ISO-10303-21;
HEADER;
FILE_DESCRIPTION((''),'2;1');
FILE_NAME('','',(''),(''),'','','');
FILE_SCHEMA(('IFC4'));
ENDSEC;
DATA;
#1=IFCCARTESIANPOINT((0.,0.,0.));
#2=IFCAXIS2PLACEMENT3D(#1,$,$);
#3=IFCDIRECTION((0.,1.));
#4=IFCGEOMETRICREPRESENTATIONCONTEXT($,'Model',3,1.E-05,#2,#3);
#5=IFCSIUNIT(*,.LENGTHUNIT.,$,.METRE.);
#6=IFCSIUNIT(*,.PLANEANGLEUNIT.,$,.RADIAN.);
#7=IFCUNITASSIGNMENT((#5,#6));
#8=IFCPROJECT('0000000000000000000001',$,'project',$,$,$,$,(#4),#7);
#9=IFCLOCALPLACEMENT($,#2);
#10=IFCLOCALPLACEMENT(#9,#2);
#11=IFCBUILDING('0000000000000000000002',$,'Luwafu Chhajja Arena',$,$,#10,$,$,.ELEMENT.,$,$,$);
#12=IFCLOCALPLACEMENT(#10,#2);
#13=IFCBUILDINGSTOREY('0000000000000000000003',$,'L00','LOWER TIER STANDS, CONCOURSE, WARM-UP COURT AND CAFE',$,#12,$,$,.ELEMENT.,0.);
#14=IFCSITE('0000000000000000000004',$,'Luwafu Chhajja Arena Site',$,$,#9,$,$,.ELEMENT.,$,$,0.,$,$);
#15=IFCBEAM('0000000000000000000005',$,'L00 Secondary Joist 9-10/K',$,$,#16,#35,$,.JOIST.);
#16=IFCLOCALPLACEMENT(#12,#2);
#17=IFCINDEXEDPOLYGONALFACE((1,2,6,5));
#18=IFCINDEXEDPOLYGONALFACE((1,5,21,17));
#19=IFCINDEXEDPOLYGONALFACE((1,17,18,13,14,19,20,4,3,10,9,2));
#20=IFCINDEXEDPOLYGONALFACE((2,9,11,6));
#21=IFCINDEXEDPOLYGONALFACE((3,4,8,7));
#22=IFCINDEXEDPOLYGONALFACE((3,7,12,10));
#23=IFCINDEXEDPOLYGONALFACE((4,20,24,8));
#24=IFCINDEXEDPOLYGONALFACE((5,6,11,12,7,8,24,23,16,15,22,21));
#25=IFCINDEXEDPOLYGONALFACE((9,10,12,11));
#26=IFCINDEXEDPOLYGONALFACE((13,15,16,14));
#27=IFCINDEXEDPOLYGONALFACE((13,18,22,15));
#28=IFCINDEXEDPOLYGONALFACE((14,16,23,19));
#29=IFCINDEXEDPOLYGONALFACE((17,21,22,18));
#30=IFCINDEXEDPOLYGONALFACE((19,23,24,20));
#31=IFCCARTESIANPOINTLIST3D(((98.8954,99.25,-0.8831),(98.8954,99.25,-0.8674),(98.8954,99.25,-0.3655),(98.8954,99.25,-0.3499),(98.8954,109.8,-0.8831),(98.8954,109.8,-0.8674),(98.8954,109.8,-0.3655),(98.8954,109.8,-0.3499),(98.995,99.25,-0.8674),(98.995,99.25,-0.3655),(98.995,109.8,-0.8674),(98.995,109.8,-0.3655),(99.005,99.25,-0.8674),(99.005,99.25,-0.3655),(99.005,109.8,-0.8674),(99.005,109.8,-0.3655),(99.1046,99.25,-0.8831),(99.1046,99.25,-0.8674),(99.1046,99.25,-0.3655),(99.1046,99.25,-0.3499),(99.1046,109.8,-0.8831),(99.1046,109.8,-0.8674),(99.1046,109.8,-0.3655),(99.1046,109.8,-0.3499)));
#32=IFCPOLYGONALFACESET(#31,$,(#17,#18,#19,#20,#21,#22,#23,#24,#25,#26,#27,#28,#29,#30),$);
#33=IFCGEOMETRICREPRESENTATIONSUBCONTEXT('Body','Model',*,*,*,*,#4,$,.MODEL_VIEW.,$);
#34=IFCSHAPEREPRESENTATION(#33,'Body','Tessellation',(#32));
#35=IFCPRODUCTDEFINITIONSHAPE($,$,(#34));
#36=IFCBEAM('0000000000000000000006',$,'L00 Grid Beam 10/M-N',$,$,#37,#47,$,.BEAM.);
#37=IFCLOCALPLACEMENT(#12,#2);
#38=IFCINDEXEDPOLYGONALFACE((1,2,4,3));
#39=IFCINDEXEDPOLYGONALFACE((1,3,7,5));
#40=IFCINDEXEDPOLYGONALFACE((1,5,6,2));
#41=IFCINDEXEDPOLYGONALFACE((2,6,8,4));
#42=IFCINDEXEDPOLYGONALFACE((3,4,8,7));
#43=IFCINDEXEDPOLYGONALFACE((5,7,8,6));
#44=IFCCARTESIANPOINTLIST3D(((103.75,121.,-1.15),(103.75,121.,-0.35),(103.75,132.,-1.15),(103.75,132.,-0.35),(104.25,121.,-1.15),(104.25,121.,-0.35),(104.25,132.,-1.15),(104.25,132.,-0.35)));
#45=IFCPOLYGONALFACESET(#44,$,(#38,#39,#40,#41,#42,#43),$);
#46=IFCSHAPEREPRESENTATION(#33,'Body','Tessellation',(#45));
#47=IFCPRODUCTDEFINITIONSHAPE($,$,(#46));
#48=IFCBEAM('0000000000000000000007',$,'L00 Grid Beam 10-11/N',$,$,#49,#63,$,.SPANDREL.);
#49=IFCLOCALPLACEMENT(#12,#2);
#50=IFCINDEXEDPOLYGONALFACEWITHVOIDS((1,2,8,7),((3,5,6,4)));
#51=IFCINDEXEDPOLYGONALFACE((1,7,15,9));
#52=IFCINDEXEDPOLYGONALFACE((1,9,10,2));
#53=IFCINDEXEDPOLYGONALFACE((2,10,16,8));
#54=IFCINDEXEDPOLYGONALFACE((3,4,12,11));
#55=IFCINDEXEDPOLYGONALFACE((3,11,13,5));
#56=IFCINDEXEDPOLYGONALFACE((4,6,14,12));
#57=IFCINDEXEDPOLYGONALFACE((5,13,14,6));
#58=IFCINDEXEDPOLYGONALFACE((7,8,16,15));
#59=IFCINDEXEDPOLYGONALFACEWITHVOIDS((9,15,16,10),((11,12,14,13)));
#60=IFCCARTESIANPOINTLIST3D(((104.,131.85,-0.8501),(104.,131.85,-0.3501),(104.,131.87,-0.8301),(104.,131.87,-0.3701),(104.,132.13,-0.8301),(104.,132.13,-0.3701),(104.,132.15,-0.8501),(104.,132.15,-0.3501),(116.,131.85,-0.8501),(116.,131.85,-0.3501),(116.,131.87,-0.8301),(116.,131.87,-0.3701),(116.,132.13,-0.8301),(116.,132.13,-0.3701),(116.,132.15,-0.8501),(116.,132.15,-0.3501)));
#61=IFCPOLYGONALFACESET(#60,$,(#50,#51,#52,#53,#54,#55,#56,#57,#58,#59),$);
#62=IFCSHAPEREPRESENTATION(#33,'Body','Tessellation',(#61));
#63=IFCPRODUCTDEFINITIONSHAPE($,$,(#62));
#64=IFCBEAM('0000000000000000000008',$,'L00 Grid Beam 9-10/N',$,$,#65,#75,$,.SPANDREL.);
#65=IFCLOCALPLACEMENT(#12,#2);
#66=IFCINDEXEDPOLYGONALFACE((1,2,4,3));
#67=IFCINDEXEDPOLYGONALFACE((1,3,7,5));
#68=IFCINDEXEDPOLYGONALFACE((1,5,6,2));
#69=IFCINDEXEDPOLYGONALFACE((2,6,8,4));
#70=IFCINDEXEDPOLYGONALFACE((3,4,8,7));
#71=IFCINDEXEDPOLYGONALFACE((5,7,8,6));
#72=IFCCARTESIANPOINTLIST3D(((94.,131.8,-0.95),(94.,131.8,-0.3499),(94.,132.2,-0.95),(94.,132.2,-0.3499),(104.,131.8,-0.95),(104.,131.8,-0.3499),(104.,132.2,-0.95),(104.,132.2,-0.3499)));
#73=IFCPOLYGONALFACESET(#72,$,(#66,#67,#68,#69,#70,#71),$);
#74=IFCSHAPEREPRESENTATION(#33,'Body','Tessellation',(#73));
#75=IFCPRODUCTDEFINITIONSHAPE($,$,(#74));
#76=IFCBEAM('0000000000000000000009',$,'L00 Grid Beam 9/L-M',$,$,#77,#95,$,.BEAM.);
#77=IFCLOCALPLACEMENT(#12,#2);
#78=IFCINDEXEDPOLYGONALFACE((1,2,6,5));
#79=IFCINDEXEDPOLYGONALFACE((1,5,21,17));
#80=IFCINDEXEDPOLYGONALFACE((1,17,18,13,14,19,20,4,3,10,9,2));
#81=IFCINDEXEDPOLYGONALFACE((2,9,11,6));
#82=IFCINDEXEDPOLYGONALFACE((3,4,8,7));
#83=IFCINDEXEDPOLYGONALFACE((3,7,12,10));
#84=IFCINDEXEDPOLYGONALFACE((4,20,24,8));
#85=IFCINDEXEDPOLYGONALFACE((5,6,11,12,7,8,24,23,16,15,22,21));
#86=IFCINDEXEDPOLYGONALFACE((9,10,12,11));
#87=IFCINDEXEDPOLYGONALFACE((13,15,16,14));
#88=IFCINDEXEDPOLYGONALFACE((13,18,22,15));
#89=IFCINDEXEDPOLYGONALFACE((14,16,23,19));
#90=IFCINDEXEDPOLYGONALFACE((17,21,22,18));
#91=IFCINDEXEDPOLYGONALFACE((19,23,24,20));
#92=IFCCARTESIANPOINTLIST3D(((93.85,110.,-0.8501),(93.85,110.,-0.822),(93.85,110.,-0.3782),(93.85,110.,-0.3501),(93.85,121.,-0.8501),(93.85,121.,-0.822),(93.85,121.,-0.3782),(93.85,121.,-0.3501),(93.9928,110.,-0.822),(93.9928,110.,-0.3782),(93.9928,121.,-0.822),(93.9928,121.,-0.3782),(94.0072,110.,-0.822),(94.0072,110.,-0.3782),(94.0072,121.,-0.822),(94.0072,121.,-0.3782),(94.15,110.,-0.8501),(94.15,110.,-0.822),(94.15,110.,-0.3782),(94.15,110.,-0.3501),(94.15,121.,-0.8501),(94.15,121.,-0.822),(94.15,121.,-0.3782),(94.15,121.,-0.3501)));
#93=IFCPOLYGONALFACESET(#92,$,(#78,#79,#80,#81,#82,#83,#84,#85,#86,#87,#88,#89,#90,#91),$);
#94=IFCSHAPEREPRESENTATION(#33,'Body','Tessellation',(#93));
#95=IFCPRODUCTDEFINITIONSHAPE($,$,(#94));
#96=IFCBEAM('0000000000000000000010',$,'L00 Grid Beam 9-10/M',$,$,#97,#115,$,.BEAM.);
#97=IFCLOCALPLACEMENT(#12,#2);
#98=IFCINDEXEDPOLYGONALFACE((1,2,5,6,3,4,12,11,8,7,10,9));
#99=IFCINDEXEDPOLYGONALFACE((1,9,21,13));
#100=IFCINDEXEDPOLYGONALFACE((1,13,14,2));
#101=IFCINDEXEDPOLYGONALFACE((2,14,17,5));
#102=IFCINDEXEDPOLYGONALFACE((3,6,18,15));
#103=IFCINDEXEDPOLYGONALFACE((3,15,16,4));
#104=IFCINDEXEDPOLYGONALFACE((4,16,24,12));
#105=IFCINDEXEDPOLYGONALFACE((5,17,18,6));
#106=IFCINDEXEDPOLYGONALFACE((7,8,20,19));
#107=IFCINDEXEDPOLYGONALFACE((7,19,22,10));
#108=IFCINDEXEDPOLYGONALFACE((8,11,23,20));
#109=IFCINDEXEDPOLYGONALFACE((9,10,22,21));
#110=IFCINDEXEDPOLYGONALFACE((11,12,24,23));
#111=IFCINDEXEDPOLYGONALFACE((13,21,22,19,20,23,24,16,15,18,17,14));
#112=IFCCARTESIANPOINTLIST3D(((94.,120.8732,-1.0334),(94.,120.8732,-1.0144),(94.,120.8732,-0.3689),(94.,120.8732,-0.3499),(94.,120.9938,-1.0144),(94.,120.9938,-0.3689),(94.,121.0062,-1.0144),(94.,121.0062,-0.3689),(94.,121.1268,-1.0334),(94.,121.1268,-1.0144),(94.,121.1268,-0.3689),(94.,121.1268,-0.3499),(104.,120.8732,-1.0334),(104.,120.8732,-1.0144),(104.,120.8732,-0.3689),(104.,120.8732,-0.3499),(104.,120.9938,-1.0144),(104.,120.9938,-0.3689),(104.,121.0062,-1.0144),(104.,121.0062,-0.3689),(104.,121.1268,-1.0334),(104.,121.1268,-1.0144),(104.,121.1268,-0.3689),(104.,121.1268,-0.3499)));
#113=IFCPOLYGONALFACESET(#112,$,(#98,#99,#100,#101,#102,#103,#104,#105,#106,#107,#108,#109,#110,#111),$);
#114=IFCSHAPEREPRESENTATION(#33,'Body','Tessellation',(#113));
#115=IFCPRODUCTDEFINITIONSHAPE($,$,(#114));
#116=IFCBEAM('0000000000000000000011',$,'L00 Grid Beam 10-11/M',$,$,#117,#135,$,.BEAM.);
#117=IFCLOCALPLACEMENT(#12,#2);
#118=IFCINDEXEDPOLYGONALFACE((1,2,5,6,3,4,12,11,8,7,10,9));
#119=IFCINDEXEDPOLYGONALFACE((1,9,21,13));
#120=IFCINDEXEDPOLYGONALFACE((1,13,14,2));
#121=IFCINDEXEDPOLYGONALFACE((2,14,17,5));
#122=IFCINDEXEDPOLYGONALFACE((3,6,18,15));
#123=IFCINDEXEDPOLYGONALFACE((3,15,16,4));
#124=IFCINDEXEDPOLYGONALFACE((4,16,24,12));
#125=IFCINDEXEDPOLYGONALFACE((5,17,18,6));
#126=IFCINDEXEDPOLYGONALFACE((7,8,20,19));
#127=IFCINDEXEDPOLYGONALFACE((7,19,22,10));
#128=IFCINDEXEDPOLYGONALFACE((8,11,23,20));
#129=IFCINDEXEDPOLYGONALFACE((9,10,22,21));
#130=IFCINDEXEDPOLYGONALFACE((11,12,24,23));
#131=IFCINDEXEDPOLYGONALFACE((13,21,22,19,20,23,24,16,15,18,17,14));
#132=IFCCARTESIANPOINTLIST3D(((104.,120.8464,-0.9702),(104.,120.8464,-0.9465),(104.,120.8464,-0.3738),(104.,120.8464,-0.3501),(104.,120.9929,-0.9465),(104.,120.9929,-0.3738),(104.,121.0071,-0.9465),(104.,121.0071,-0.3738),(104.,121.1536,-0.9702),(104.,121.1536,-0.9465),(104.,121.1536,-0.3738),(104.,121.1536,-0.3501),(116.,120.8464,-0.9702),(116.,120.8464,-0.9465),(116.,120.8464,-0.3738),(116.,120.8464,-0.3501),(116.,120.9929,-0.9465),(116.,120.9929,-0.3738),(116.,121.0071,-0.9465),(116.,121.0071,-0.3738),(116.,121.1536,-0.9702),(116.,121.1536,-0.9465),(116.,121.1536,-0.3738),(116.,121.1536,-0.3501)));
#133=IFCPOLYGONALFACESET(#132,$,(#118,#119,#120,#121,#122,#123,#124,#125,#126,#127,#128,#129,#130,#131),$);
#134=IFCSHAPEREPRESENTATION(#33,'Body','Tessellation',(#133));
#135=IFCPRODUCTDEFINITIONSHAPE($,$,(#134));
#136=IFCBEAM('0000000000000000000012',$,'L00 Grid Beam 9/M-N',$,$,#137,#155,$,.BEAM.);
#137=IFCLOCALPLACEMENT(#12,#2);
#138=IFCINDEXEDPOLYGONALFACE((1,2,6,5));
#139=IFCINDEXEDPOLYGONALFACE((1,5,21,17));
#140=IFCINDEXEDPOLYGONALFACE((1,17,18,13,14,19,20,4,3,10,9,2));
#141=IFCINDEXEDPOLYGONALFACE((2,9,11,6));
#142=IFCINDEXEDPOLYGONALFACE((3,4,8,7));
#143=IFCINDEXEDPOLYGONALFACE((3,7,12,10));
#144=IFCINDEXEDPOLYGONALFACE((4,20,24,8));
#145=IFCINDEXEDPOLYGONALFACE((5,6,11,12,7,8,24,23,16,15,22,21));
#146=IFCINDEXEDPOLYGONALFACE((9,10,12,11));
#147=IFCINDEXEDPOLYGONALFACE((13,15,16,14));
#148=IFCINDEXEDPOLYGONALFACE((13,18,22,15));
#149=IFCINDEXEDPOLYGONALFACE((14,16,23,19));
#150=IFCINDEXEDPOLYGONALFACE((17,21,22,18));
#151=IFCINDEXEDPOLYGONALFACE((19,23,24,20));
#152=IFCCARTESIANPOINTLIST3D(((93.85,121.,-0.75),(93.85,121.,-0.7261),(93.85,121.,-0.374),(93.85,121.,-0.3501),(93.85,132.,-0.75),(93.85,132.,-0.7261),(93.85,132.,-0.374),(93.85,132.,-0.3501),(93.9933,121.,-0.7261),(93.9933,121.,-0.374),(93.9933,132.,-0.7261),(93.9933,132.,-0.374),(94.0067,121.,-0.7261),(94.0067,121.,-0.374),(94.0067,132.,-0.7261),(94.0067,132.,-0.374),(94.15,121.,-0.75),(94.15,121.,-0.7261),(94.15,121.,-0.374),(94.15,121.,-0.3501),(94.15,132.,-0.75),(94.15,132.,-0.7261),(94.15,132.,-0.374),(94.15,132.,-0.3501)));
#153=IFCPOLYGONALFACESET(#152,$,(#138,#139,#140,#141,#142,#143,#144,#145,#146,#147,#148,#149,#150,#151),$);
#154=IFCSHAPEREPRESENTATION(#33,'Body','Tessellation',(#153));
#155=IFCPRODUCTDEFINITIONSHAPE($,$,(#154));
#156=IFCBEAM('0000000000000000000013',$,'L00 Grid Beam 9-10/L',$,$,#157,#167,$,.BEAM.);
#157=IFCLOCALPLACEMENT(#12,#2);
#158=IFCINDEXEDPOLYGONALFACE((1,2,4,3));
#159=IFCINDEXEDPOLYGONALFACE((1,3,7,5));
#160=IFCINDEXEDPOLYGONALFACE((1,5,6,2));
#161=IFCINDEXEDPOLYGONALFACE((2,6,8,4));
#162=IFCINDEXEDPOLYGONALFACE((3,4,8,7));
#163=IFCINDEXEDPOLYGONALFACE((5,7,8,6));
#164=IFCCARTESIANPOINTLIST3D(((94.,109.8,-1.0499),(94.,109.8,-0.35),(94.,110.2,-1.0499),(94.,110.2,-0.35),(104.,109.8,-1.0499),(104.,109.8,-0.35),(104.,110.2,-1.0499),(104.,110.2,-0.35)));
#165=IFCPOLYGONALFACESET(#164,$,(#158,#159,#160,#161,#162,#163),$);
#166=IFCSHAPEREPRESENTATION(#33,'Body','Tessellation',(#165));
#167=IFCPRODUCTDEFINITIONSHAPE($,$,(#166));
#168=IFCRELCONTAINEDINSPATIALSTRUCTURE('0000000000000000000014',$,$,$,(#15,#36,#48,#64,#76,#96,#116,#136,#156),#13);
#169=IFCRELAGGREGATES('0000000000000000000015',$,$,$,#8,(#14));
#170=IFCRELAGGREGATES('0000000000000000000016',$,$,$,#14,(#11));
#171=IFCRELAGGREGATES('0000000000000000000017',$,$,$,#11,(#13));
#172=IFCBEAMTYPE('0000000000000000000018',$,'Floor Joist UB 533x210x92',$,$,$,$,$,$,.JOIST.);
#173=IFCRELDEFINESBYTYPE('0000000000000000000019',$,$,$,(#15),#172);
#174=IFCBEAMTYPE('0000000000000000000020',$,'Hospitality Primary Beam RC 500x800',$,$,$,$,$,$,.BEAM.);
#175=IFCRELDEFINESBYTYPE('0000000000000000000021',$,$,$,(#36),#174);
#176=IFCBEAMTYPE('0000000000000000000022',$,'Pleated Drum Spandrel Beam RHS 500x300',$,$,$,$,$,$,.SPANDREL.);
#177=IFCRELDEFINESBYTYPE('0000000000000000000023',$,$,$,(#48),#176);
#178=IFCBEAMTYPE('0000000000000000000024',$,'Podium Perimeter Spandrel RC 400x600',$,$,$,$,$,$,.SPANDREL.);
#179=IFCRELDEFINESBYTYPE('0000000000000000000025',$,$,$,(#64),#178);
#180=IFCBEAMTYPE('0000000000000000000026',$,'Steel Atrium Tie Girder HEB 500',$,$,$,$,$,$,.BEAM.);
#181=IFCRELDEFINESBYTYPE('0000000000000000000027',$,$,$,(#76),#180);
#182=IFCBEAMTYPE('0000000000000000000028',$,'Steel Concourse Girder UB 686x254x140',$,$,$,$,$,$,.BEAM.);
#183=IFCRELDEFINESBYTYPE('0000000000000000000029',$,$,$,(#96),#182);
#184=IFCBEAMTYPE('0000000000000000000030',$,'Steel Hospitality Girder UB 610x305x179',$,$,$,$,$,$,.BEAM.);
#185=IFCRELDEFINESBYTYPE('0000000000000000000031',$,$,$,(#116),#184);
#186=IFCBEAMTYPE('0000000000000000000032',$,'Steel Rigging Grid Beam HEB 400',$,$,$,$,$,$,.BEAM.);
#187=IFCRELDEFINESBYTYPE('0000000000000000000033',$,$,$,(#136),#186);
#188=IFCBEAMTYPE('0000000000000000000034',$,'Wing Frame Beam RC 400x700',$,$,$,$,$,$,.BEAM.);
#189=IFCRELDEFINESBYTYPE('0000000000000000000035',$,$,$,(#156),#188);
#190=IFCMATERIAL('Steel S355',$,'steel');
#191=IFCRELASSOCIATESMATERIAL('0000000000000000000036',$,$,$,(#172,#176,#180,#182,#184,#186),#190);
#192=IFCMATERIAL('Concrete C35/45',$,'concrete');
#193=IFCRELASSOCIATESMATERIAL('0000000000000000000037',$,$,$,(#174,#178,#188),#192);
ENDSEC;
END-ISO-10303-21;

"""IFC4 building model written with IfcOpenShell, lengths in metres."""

from ifc_helpers import new_model, si_unit, direction, frame, origin, origin_2d, place, context, subcontext, project, spatial, rectangle, hollow_rectangle, i_section, extrude, material, material_profile, profile_set, type_object, element, save


model = new_model("IFC4")

# Units and contexts
model_context = context("Model", 3, precision=1e-05, world=origin(), true_north=direction((0.0, 1.0)))
body_context = subcontext(model_context, "Body", "Model", "MODEL_VIEW")
ifc_project = project(units=[si_unit("LENGTHUNIT", "METRE"), si_unit("PLANEANGLEUNIT", "RADIAN")], contexts=[model_context])

# Site, building, storey
site_placement = place(None, origin())
site = spatial("IfcSite", under=ifc_project, at=site_placement, Name="Luwafu Chhajja Arena Site", CompositionType="ELEMENT", RefElevation=0.0)
building_placement = place(site_placement, origin())
building = spatial("IfcBuilding", under=site, at=building_placement, Name="Luwafu Chhajja Arena", CompositionType="ELEMENT")
storey_placement = place(building_placement, origin())
storey = spatial("IfcBuildingStorey", under=building, at=storey_placement, Name="L00", Description="LOWER TIER STANDS, CONCOURSE, WARM-UP COURT AND CAFE", CompositionType="ELEMENT", Elevation=0.0)

# Shared definitions
ifc_material_1 = material(Name="Concrete C35/45", Category="concrete")

# Beams
ifc_material_2 = material(Name="Steel S355", Category="steel")
ifc_material_profile_1 = material_profile(ifc_material_2, i_section(OverallWidth=0.2092, OverallDepth=0.5332, WebThickness=0.01, FlangeThickness=0.0156, at=origin_2d()), Name="UB 533x210x92")
ifc_profile_set_1 = profile_set([ifc_material_profile_1], Name="Steel S355")
beam_type_1 = type_object("IfcBeamType", Name="Floor Joist UB 533x210x92", PredefinedType="JOIST", material=ifc_profile_set_1)
beam_1_placement = place(storey_placement, frame((99.0, 99.25, -0.6165), z_axis=(0.0, 1.0, 0.0), x_axis=(-1.0, 0.0, 0.0)))
element("IfcBeam", 1, at=beam_1_placement, inside=storey, type_object=beam_type_1, Name="L00 Secondary Joist 9-10/K", PredefinedType="JOIST", context=body_context, shape_type="SweptSolid", body=[
    extrude(i_section(OverallWidth=0.2092, OverallDepth=0.5332, WebThickness=0.01, FlangeThickness=0.0156, at=origin_2d()), origin(), (0.0, 0.0, 1.0), 10.55),
])
ifc_material_profile_2 = material_profile(ifc_material_1, rectangle(XDim=0.5, YDim=0.8, at=origin_2d()), Name="RC 500x800")
ifc_profile_set_2 = profile_set([ifc_material_profile_2], Name="Concrete C35/45")
beam_type_2 = type_object("IfcBeamType", Name="Hospitality Primary Beam RC 500x800", PredefinedType="BEAM", material=ifc_profile_set_2)
beam_2_placement = place(storey_placement, frame((104.0, 121.0, -0.75), z_axis=(0.0, 1.0, 0.0), x_axis=(-1.0, 0.0, 0.0)))
element("IfcBeam", 2, at=beam_2_placement, inside=storey, type_object=beam_type_2, Name="L00 Grid Beam 10/M-N", PredefinedType="BEAM", context=body_context, shape_type="SweptSolid", body=[
    extrude(rectangle(XDim=0.5, YDim=0.8, at=origin_2d()), origin(), (0.0, 0.0, 1.0), 11.0),
])
ifc_material_profile_3 = material_profile(ifc_material_2, hollow_rectangle(XDim=0.3, YDim=0.5, WallThickness=0.02, at=origin_2d()), Name="RHS 500x300x20")
ifc_profile_set_3 = profile_set([ifc_material_profile_3], Name="Steel S355")
beam_type_3 = type_object("IfcBeamType", Name="Pleated Drum Spandrel Beam RHS 500x300", PredefinedType="SPANDREL", material=ifc_profile_set_3)
beam_3_placement = place(storey_placement, frame((104.0, 132.0, -0.6001), z_axis=(1.0, 0.0, 0.0), x_axis=(0.0, 1.0, 0.0)))
element("IfcBeam", 3, at=beam_3_placement, inside=storey, type_object=beam_type_3, Name="L00 Grid Beam 10-11/N", PredefinedType="SPANDREL", context=body_context, shape_type="SweptSolid", body=[
    extrude(hollow_rectangle(XDim=0.3, YDim=0.5, WallThickness=0.02, at=origin_2d()), origin(), (0.0, 0.0, 1.0), 12.0),
])
ifc_material_profile_4 = material_profile(ifc_material_1, rectangle(XDim=0.3999, YDim=0.6001, at=origin_2d()), Name="RC 400x600")
ifc_profile_set_4 = profile_set([ifc_material_profile_4], Name="Concrete C35/45")
beam_type_4 = type_object("IfcBeamType", Name="Podium Perimeter Spandrel RC 400x600", PredefinedType="SPANDREL", material=ifc_profile_set_4)
beam_4_placement = place(storey_placement, frame((94.0, 132.0, -0.6499), z_axis=(1.0, 0.0, 0.0), x_axis=(0.0, 1.0, 0.0)))
element("IfcBeam", 4, at=beam_4_placement, inside=storey, type_object=beam_type_4, Name="L00 Grid Beam 9-10/N", PredefinedType="SPANDREL", context=body_context, shape_type="SweptSolid", body=[
    extrude(rectangle(XDim=0.3999, YDim=0.6001, at=origin_2d()), origin(), (0.0, 0.0, 1.0), 10.0),
])
ifc_material_profile_5 = material_profile(ifc_material_2, i_section(OverallWidth=0.3, OverallDepth=0.5, WebThickness=0.0144, FlangeThickness=0.0281, at=origin_2d()), Name="HEB 500")
ifc_profile_set_5 = profile_set([ifc_material_profile_5], Name="Steel S355")
beam_type_5 = type_object("IfcBeamType", Name="Steel Atrium Tie Girder HEB 500", PredefinedType="BEAM", material=ifc_profile_set_5)
beam_5_placement = place(storey_placement, frame((94.0, 110.0, -0.6001), z_axis=(0.0, 1.0, 0.0), x_axis=(-1.0, 0.0, 0.0)))
element("IfcBeam", 5, at=beam_5_placement, inside=storey, type_object=beam_type_5, Name="L00 Grid Beam 9/L-M", PredefinedType="BEAM", context=body_context, shape_type="SweptSolid", body=[
    extrude(i_section(OverallWidth=0.3, OverallDepth=0.5, WebThickness=0.0144, FlangeThickness=0.0281, at=origin_2d()), origin(), (0.0, 0.0, 1.0), 11.0),
])
ifc_material_profile_6 = material_profile(ifc_material_2, i_section(OverallWidth=0.2537, OverallDepth=0.6836, WebThickness=0.0125, FlangeThickness=0.019, at=origin_2d()), Name="UB 686x254x140")
ifc_profile_set_6 = profile_set([ifc_material_profile_6], Name="Steel S355")
beam_type_6 = type_object("IfcBeamType", Name="Steel Concourse Girder UB 686x254x140", PredefinedType="BEAM", material=ifc_profile_set_6)
beam_6_placement = place(storey_placement, frame((94.0, 121.0, -0.6917), z_axis=(1.0, 0.0, 0.0), x_axis=(0.0, 1.0, 0.0)))
element("IfcBeam", 6, at=beam_6_placement, inside=storey, type_object=beam_type_6, Name="L00 Grid Beam 9-10/M", PredefinedType="BEAM", context=body_context, shape_type="SweptSolid", body=[
    extrude(i_section(OverallWidth=0.2537, OverallDepth=0.6836, WebThickness=0.0125, FlangeThickness=0.019, at=origin_2d()), origin(), (0.0, 0.0, 1.0), 10.0),
])
ifc_material_profile_7 = material_profile(ifc_material_2, i_section(OverallWidth=0.3071, OverallDepth=0.6201, WebThickness=0.0142, FlangeThickness=0.0237, at=origin_2d()), Name="UB 610x305x179")
ifc_profile_set_7 = profile_set([ifc_material_profile_7], Name="Steel S355")
beam_type_7 = type_object("IfcBeamType", Name="Steel Hospitality Girder UB 610x305x179", PredefinedType="BEAM", material=ifc_profile_set_7)
beam_7_placement = place(storey_placement, frame((104.0, 121.0, -0.6602), z_axis=(1.0, 0.0, 0.0), x_axis=(0.0, 1.0, 0.0)))
element("IfcBeam", 7, at=beam_7_placement, inside=storey, type_object=beam_type_7, Name="L00 Grid Beam 10-11/M", PredefinedType="BEAM", context=body_context, shape_type="SweptSolid", body=[
    extrude(i_section(OverallWidth=0.3071, OverallDepth=0.6201, WebThickness=0.0142, FlangeThickness=0.0237, at=origin_2d()), origin(), (0.0, 0.0, 1.0), 12.0),
])
ifc_material_profile_8 = material_profile(ifc_material_2, i_section(OverallWidth=0.3, OverallDepth=0.3999, WebThickness=0.0134, FlangeThickness=0.0239, at=origin_2d()), Name="HEB 400")
ifc_profile_set_8 = profile_set([ifc_material_profile_8], Name="Steel S355")
beam_type_8 = type_object("IfcBeamType", Name="Steel Rigging Grid Beam HEB 400", PredefinedType="BEAM", material=ifc_profile_set_8)
beam_8_placement = place(storey_placement, frame((94.0, 121.0, -0.55), z_axis=(0.0, 1.0, 0.0), x_axis=(-1.0, 0.0, 0.0)))
element("IfcBeam", 8, at=beam_8_placement, inside=storey, type_object=beam_type_8, Name="L00 Grid Beam 9/M-N", PredefinedType="BEAM", context=body_context, shape_type="SweptSolid", body=[
    extrude(i_section(OverallWidth=0.3, OverallDepth=0.3999, WebThickness=0.0134, FlangeThickness=0.0239, at=origin_2d()), origin(), (0.0, 0.0, 1.0), 11.0),
])
ifc_material_profile_9 = material_profile(ifc_material_1, rectangle(XDim=0.3999, YDim=0.7, at=origin_2d()), Name="RC 400x700")
ifc_profile_set_9 = profile_set([ifc_material_profile_9], Name="Concrete C35/45")
beam_type_9 = type_object("IfcBeamType", Name="Wing Frame Beam RC 400x700", PredefinedType="BEAM", material=ifc_profile_set_9)
beam_9_placement = place(storey_placement, frame((94.0, 110.0, -0.7), z_axis=(1.0, 0.0, 0.0), x_axis=(0.0, 1.0, 0.0)))
element("IfcBeam", 9, at=beam_9_placement, inside=storey, type_object=beam_type_9, Name="L00 Grid Beam 9-10/L", PredefinedType="BEAM", context=body_context, shape_type="SweptSolid", body=[
    extrude(rectangle(XDim=0.3999, YDim=0.7, at=origin_2d()), origin(), (0.0, 0.0, 1.0), 10.0),
])

save(model, "model.ifc")
